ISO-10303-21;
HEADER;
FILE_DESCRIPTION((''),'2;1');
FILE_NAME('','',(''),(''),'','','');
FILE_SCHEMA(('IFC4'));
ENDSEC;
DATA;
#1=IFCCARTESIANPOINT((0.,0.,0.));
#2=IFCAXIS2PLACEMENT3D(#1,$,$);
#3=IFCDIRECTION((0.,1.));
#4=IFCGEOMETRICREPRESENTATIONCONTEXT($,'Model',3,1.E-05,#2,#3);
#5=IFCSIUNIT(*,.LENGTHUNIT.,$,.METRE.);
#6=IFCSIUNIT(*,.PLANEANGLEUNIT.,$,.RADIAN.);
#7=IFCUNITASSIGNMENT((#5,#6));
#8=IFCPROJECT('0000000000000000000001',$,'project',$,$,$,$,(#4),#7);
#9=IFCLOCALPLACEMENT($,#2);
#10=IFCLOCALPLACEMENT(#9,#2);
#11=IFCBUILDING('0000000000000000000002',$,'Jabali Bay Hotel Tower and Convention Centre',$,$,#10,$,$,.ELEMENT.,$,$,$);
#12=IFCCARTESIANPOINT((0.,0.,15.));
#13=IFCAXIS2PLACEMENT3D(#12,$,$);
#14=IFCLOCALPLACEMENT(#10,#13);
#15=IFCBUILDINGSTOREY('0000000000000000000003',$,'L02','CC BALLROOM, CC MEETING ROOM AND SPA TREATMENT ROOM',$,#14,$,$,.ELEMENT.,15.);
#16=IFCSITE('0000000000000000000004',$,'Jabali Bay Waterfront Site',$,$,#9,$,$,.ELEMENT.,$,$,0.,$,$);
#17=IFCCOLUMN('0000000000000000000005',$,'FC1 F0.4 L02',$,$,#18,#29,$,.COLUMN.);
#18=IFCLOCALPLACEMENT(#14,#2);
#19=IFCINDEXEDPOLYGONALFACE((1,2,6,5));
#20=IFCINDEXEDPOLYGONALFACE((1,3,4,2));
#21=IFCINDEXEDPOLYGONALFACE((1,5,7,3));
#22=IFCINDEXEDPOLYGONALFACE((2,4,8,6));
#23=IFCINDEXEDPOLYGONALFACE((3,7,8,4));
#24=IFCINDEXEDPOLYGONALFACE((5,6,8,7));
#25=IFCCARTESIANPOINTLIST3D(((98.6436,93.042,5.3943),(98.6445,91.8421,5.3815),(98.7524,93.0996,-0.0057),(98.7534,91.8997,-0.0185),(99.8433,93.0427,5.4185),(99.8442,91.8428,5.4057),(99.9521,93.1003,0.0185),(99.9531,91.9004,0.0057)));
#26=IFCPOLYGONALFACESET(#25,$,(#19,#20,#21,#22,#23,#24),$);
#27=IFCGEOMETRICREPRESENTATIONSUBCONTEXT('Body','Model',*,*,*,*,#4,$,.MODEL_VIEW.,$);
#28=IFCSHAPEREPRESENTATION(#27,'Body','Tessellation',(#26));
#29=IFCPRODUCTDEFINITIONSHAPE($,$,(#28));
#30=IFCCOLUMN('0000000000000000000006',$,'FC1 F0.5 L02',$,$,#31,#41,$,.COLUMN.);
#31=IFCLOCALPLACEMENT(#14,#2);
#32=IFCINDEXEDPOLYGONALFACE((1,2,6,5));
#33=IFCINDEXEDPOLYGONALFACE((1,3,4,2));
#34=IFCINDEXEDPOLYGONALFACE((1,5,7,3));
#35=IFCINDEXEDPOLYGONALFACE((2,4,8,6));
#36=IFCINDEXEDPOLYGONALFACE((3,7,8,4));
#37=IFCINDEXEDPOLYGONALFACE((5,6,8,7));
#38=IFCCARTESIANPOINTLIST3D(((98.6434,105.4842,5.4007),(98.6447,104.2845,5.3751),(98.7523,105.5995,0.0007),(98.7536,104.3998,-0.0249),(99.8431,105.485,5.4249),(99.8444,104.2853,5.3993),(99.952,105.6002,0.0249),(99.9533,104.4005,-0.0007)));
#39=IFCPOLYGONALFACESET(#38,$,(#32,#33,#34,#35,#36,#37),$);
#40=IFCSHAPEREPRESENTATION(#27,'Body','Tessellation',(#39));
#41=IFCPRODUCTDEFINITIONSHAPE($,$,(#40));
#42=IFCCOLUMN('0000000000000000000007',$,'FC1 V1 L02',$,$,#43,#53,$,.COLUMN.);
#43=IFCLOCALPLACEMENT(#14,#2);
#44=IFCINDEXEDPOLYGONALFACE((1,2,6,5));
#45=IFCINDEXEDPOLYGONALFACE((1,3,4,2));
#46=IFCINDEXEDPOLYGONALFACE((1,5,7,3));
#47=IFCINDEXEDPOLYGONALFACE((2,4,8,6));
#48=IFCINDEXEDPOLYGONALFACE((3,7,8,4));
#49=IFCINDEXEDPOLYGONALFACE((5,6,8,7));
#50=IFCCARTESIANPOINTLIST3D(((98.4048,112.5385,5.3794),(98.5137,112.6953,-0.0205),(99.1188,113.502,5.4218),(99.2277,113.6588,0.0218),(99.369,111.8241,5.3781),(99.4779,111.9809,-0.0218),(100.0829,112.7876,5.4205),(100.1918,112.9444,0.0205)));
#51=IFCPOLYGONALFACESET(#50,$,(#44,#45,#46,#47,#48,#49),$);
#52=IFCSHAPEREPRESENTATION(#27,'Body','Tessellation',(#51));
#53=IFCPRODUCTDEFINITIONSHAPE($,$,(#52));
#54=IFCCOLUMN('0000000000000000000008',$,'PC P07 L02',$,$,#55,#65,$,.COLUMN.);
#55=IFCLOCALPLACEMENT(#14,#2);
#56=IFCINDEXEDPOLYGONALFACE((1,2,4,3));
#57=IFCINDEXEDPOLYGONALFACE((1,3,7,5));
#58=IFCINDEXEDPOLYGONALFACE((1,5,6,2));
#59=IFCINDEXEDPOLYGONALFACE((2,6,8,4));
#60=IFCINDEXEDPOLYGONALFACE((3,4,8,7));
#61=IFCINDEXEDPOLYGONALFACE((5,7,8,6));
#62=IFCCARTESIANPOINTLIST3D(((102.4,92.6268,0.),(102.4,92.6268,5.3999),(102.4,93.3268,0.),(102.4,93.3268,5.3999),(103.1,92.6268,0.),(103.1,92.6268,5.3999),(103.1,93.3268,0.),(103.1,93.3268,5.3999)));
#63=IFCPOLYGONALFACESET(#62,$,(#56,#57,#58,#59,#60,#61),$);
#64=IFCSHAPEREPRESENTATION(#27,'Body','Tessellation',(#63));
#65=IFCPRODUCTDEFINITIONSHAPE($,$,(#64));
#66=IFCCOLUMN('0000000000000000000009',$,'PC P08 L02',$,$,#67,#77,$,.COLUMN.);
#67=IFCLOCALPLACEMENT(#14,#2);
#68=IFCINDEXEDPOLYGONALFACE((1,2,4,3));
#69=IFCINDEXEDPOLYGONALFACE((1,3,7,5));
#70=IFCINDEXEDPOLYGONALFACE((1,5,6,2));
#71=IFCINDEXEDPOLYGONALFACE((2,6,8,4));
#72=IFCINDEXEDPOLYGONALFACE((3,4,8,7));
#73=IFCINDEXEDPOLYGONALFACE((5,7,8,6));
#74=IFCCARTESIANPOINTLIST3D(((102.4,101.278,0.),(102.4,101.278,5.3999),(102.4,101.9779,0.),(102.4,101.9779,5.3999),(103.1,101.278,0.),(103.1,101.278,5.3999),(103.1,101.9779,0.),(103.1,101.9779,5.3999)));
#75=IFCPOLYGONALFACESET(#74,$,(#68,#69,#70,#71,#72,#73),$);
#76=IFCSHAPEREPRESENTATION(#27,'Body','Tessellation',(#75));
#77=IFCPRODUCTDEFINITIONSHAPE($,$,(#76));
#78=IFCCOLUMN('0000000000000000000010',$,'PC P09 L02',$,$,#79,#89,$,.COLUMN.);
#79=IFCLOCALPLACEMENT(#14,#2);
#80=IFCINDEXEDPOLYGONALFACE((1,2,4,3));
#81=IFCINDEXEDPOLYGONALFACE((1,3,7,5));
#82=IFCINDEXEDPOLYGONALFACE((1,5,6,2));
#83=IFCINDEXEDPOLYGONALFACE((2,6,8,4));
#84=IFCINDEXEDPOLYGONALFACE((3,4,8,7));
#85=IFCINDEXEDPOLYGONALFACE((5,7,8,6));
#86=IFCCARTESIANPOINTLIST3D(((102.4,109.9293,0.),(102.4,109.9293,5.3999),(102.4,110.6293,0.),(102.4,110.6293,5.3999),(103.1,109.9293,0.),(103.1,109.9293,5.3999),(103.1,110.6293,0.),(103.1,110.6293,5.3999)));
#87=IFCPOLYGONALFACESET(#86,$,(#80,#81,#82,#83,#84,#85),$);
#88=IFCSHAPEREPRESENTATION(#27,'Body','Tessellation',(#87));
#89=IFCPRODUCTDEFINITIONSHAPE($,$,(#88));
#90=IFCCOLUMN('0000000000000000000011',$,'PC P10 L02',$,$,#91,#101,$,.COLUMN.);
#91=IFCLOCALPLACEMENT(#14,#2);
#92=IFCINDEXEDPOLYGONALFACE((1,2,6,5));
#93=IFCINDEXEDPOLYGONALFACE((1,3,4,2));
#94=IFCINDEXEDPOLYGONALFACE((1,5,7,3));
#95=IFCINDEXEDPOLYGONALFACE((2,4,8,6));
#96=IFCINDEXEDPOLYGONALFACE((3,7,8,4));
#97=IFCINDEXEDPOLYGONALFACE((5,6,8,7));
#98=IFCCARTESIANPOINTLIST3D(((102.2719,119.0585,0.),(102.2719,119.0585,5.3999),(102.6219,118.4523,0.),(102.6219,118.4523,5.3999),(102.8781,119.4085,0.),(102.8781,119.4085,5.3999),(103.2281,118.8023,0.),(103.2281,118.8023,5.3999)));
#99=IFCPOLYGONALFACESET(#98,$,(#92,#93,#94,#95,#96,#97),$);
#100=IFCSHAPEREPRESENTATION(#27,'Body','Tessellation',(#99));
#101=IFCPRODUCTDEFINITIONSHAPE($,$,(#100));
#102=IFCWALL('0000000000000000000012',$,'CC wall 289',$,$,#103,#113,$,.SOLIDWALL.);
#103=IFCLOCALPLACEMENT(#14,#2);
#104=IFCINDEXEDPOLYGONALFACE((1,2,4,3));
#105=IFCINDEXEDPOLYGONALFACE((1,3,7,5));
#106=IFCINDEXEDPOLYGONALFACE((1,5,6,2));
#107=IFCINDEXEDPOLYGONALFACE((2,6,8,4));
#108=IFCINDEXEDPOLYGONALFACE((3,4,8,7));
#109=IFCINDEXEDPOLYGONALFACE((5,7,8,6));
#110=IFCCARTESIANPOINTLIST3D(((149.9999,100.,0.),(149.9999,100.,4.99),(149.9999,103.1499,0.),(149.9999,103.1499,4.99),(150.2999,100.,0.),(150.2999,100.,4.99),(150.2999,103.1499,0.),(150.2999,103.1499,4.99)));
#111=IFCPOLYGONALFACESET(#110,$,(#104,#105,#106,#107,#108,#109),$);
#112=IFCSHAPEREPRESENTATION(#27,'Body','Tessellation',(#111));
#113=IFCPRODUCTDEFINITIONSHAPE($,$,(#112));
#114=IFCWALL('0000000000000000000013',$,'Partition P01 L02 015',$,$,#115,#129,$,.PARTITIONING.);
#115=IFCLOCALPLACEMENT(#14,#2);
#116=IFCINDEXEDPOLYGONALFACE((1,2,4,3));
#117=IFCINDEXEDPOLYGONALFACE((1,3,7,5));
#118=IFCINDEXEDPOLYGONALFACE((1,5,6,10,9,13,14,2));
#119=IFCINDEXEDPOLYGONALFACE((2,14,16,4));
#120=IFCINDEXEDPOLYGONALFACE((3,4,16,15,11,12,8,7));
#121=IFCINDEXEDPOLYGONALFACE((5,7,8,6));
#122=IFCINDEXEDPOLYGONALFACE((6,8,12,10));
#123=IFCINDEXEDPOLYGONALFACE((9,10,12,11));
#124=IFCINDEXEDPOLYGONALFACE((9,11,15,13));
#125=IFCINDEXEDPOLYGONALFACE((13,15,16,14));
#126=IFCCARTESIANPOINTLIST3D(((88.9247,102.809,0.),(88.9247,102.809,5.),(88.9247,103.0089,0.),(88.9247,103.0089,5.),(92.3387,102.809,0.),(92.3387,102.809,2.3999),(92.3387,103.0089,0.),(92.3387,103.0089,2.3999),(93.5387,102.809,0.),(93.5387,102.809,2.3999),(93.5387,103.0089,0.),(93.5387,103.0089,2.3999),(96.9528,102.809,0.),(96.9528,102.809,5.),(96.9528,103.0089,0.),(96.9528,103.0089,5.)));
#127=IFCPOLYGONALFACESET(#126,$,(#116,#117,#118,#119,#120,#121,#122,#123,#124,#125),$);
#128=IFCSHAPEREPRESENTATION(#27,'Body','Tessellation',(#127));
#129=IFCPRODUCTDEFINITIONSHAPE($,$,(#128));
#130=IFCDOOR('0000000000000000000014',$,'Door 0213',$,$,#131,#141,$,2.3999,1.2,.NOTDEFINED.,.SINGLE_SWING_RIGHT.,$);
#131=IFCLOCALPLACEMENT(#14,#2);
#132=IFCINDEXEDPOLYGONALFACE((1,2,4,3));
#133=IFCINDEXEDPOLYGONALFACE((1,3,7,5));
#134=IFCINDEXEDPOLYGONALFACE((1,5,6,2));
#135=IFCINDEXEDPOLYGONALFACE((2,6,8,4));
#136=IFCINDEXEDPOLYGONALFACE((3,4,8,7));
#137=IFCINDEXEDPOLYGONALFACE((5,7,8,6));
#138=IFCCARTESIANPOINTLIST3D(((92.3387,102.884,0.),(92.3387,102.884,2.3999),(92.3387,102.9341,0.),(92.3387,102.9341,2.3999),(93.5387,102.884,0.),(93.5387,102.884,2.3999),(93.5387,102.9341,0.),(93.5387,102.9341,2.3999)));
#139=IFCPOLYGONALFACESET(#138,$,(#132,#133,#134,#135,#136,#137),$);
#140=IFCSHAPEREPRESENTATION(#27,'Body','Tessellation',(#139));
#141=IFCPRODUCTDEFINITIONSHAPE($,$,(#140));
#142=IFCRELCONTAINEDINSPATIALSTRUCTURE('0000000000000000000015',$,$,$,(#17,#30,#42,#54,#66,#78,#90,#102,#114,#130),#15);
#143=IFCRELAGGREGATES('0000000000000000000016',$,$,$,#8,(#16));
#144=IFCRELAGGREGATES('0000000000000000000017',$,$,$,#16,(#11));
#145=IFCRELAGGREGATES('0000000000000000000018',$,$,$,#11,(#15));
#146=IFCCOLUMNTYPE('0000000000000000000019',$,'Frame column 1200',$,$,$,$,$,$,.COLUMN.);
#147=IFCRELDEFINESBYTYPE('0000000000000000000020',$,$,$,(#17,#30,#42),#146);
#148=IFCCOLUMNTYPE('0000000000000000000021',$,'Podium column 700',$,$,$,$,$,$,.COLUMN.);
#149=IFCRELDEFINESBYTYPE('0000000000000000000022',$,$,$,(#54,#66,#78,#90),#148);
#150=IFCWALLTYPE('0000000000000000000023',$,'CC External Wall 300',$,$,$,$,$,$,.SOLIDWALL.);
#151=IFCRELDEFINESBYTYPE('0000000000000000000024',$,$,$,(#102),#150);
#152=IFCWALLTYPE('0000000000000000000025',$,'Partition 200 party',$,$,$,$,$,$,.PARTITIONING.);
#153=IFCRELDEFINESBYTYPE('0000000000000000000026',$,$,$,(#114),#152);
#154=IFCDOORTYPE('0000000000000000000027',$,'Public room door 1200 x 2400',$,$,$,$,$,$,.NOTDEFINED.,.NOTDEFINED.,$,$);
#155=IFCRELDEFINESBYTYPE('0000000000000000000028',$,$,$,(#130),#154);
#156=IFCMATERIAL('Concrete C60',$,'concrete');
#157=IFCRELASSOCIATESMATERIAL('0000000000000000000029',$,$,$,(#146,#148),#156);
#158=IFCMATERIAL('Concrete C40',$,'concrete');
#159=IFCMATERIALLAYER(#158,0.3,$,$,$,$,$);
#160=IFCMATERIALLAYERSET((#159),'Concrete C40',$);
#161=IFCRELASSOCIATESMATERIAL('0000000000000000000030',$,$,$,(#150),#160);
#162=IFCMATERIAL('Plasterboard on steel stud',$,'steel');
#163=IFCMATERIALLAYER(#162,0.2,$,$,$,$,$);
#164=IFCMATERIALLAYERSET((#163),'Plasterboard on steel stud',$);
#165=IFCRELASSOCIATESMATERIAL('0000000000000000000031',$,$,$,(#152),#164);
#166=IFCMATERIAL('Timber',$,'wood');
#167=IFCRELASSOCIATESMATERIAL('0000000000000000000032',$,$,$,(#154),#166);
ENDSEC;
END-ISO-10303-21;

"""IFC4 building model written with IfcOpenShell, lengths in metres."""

from ifc_helpers import new_model, si_unit, direction, frame, frame_2d, origin, origin_2d, place, context, subcontext, project, spatial, rectangle, extrude, material, layer, layer_set, material_profile, profile_set, type_object, element, fill, save


model = new_model("IFC4")

# Units and contexts
model_context = context("Model", 3, precision=1e-05, world=origin(), true_north=direction((0.0, 1.0)))
body_context = subcontext(model_context, "Body", "Model", "MODEL_VIEW")
ifc_project = project(units=[si_unit("LENGTHUNIT", "METRE"), si_unit("PLANEANGLEUNIT", "RADIAN")], contexts=[model_context])

# Site, building, storey
site_placement = place(None, origin())
site = spatial("IfcSite", under=ifc_project, at=site_placement, Name="Jabali Bay Waterfront Site", CompositionType="ELEMENT", RefElevation=0.0)
building_placement = place(site_placement, origin())
building = spatial("IfcBuilding", under=site, at=building_placement, Name="Jabali Bay Hotel Tower and Convention Centre", CompositionType="ELEMENT")
storey_placement = place(building_placement, frame((0.0, 0.0, 15.0)))
storey = spatial("IfcBuildingStorey", under=building, at=storey_placement, Name="L02", Description="CC BALLROOM, CC MEETING ROOM AND SPA TREATMENT ROOM", CompositionType="ELEMENT", Elevation=15.0)

# Columns
ifc_material_1 = material(Name="Concrete C60", Category="concrete")
ifc_material_profile_1 = material_profile(ifc_material_1, rectangle(XDim=1.2, YDim=1.2, at=origin_2d()), Name="Frame column 1200")
ifc_profile_set_1 = profile_set([ifc_material_profile_1], Name="Concrete C60")
column_type_1 = type_object("IfcColumnType", Name="Frame column 1200", PredefinedType="COLUMN", material=ifc_profile_set_1)
column_1_placement = place(storey_placement, frame((99.3528, 92.5, 0.0), z_axis=(-0.020159, -0.010667, 0.99974), x_axis=(0.999796, 0.0006, 0.020167)))
element("IfcColumn", 1, at=column_1_placement, inside=storey, type_object=column_type_1, Name="FC1 F0.4 L02", PredefinedType="COLUMN", context=body_context, shape_type="SweptSolid", body=[
    extrude(rectangle(XDim=1.2, YDim=1.2, at=origin_2d()), origin(), (0.0, 0.0, 1.0), 5.4014),
])
column_2_placement = place(storey_placement, frame((99.3528, 105.0, 0.0), z_axis=(-0.020156, -0.021331, 0.999569), x_axis=(0.999796, 0.000631, 0.020174)))
element("IfcColumn", 2, at=column_2_placement, inside=storey, type_object=column_type_1, Name="FC1 F0.5 L02", PredefinedType="COLUMN", context=body_context, shape_type="SweptSolid", body=[
    extrude(rectangle(XDim=1.2, YDim=1.2, at=origin_2d()), origin(), (0.0, 0.0, 1.0), 5.4023),
])
column_3_placement = place(storey_placement, frame((99.3528, 112.8198, 0.0), z_axis=(-0.020152, -0.029008, 0.999376), x_axis=(0.595002, 0.802949, 0.035304)))
element("IfcColumn", 3, at=column_3_placement, inside=storey, type_object=column_type_1, Name="FC1 V1 L02", PredefinedType="COLUMN", context=body_context, shape_type="SweptSolid", body=[
    extrude(rectangle(XDim=1.2, YDim=1.2, at=origin_2d()), origin(), (0.0, 0.0, 1.0), 5.4033),
])
ifc_material_profile_2 = material_profile(ifc_material_1, rectangle(XDim=0.7, YDim=0.7, at=origin_2d()), Name="Podium column 700")
ifc_profile_set_2 = profile_set([ifc_material_profile_2], Name="Concrete C60")
column_type_2 = type_object("IfcColumnType", Name="Podium column 700", PredefinedType="COLUMN", material=ifc_profile_set_2)
for number, where, z_axis, x_axis, name in (
    (4, (102.75, 92.9768, 0.0), (0.0, 0.0, 1.0), (1.0, 0.0, 0.0), "PC P07 L02"),
    (5, (102.75, 101.6279, 0.0), (0.0, 0.0, 1.0), (1.0, 0.0, 0.0), "PC P08 L02"),
    (6, (102.75, 110.2793, 0.0), (0.0, 0.0, 1.0), (1.0, 0.0, 0.0), "PC P09 L02"),
    (7, (102.75, 118.9304, 0.0), (0.0, 0.0, 1.0), (0.866025, 0.5, 0.0), "PC P10 L02"),
):
    element("IfcColumn", number, at=place(storey_placement, frame(where, z_axis=z_axis, x_axis=x_axis)), inside=storey, type_object=column_type_2, Name=name, PredefinedType="COLUMN", context=body_context, shape_type="SweptSolid", body=[
        extrude(rectangle(XDim=0.7, YDim=0.7, at=origin_2d()), origin(), (0.0, 0.0, 1.0), 5.3999),
    ])

# Wall
ifc_material_2 = material(Name="Concrete C40", Category="concrete")
ifc_layer_1 = layer(ifc_material_2, 0.3)
ifc_layer_set_1 = layer_set([ifc_layer_1], Name="Concrete C40")
wall_type_1 = type_object("IfcWallType", Name="CC External Wall 300", PredefinedType="SOLIDWALL", material=ifc_layer_set_1)
wall_1_placement = place(storey_placement, frame((150.1499, 100.0, 0.0), z_axis=(0.0, 0.0, 1.0), x_axis=(0.0, 1.0, 0.0)))
element("IfcWall", 8, at=wall_1_placement, inside=storey, type_object=wall_type_1, Name="CC wall 289", PredefinedType="SOLIDWALL", context=body_context, shape_type="SweptSolid", body=[
    extrude(rectangle(XDim=3.1499, YDim=0.3, at=frame_2d((1.575, 0.0))), origin(), (0.0, 0.0, 1.0), 4.99),
])

# Wall, opening, door
ifc_material_3 = material(Name="Plasterboard on steel stud", Category="steel")
ifc_layer_2 = layer(ifc_material_3, 0.2)
ifc_layer_set_2 = layer_set([ifc_layer_2], Name="Plasterboard on steel stud")
wall_type_2 = type_object("IfcWallType", Name="Partition 200 party", PredefinedType="PARTITIONING", material=ifc_layer_set_2)
wall_2_placement = place(storey_placement, frame((96.9529, 102.9089, 0.0), z_axis=(0.0, 0.0, 1.0), x_axis=(-1.0, 0.0, 0.0)))
wall_2 = element("IfcWall", 9, at=wall_2_placement, inside=storey, type_object=wall_type_2, Name="Partition P01 L02 015", PredefinedType="PARTITIONING", context=body_context, shape_type="SweptSolid", body=[
    extrude(rectangle(XDim=8.0281, YDim=0.2, at=frame_2d((4.0142, 0.0))), origin(), (0.0, 0.0, 1.0), 5.0),
])
opening_1_placement = place(wall_2_placement, frame((3.4141, 0.0, 0.0)))
opening_1 = element("IfcOpeningElement", 10, at=opening_1_placement, cuts=wall_2, PredefinedType="OPENING", context=body_context, shape_type="SweptSolid", body=[
    extrude(rectangle(XDim=1.2, YDim=2.3999, at=frame_2d((0.6001, 1.2))), frame((0.0, 0.1104, 0.0), z_axis=(0.0, -1.0, 0.0), x_axis=(1.0, 0.0, 0.0)), (0.0, 0.0, 1.0), 0.2209),
])
ifc_material_4 = material(Name="Timber", Category="wood")
door_type_1 = type_object("IfcDoorType", Name="Public room door 1200 x 2400", OperationType="NOTDEFINED", PredefinedType="NOTDEFINED", material=ifc_material_4)
door_1_placement = place(opening_1_placement, origin())
door_1 = element("IfcDoor", 11, at=door_1_placement, inside=storey, type_object=door_type_1, Name="Door 0213", OperationType="SINGLE_SWING_RIGHT", OverallHeight=2.3999, OverallWidth=1.2, PredefinedType="NOTDEFINED", context=body_context, shape_type="SweptSolid", body=[
    extrude(rectangle(XDim=1.2, YDim=2.3999, at=frame_2d((0.6001, 1.2))), frame((0.0, 0.0249, 0.0), z_axis=(0.0, -1.0, 0.0), x_axis=(1.0, 0.0, 0.0)), (0.0, 0.0, 1.0), 0.05),
])
fill(opening_1, door_1)

save(model, "model.ifc")
